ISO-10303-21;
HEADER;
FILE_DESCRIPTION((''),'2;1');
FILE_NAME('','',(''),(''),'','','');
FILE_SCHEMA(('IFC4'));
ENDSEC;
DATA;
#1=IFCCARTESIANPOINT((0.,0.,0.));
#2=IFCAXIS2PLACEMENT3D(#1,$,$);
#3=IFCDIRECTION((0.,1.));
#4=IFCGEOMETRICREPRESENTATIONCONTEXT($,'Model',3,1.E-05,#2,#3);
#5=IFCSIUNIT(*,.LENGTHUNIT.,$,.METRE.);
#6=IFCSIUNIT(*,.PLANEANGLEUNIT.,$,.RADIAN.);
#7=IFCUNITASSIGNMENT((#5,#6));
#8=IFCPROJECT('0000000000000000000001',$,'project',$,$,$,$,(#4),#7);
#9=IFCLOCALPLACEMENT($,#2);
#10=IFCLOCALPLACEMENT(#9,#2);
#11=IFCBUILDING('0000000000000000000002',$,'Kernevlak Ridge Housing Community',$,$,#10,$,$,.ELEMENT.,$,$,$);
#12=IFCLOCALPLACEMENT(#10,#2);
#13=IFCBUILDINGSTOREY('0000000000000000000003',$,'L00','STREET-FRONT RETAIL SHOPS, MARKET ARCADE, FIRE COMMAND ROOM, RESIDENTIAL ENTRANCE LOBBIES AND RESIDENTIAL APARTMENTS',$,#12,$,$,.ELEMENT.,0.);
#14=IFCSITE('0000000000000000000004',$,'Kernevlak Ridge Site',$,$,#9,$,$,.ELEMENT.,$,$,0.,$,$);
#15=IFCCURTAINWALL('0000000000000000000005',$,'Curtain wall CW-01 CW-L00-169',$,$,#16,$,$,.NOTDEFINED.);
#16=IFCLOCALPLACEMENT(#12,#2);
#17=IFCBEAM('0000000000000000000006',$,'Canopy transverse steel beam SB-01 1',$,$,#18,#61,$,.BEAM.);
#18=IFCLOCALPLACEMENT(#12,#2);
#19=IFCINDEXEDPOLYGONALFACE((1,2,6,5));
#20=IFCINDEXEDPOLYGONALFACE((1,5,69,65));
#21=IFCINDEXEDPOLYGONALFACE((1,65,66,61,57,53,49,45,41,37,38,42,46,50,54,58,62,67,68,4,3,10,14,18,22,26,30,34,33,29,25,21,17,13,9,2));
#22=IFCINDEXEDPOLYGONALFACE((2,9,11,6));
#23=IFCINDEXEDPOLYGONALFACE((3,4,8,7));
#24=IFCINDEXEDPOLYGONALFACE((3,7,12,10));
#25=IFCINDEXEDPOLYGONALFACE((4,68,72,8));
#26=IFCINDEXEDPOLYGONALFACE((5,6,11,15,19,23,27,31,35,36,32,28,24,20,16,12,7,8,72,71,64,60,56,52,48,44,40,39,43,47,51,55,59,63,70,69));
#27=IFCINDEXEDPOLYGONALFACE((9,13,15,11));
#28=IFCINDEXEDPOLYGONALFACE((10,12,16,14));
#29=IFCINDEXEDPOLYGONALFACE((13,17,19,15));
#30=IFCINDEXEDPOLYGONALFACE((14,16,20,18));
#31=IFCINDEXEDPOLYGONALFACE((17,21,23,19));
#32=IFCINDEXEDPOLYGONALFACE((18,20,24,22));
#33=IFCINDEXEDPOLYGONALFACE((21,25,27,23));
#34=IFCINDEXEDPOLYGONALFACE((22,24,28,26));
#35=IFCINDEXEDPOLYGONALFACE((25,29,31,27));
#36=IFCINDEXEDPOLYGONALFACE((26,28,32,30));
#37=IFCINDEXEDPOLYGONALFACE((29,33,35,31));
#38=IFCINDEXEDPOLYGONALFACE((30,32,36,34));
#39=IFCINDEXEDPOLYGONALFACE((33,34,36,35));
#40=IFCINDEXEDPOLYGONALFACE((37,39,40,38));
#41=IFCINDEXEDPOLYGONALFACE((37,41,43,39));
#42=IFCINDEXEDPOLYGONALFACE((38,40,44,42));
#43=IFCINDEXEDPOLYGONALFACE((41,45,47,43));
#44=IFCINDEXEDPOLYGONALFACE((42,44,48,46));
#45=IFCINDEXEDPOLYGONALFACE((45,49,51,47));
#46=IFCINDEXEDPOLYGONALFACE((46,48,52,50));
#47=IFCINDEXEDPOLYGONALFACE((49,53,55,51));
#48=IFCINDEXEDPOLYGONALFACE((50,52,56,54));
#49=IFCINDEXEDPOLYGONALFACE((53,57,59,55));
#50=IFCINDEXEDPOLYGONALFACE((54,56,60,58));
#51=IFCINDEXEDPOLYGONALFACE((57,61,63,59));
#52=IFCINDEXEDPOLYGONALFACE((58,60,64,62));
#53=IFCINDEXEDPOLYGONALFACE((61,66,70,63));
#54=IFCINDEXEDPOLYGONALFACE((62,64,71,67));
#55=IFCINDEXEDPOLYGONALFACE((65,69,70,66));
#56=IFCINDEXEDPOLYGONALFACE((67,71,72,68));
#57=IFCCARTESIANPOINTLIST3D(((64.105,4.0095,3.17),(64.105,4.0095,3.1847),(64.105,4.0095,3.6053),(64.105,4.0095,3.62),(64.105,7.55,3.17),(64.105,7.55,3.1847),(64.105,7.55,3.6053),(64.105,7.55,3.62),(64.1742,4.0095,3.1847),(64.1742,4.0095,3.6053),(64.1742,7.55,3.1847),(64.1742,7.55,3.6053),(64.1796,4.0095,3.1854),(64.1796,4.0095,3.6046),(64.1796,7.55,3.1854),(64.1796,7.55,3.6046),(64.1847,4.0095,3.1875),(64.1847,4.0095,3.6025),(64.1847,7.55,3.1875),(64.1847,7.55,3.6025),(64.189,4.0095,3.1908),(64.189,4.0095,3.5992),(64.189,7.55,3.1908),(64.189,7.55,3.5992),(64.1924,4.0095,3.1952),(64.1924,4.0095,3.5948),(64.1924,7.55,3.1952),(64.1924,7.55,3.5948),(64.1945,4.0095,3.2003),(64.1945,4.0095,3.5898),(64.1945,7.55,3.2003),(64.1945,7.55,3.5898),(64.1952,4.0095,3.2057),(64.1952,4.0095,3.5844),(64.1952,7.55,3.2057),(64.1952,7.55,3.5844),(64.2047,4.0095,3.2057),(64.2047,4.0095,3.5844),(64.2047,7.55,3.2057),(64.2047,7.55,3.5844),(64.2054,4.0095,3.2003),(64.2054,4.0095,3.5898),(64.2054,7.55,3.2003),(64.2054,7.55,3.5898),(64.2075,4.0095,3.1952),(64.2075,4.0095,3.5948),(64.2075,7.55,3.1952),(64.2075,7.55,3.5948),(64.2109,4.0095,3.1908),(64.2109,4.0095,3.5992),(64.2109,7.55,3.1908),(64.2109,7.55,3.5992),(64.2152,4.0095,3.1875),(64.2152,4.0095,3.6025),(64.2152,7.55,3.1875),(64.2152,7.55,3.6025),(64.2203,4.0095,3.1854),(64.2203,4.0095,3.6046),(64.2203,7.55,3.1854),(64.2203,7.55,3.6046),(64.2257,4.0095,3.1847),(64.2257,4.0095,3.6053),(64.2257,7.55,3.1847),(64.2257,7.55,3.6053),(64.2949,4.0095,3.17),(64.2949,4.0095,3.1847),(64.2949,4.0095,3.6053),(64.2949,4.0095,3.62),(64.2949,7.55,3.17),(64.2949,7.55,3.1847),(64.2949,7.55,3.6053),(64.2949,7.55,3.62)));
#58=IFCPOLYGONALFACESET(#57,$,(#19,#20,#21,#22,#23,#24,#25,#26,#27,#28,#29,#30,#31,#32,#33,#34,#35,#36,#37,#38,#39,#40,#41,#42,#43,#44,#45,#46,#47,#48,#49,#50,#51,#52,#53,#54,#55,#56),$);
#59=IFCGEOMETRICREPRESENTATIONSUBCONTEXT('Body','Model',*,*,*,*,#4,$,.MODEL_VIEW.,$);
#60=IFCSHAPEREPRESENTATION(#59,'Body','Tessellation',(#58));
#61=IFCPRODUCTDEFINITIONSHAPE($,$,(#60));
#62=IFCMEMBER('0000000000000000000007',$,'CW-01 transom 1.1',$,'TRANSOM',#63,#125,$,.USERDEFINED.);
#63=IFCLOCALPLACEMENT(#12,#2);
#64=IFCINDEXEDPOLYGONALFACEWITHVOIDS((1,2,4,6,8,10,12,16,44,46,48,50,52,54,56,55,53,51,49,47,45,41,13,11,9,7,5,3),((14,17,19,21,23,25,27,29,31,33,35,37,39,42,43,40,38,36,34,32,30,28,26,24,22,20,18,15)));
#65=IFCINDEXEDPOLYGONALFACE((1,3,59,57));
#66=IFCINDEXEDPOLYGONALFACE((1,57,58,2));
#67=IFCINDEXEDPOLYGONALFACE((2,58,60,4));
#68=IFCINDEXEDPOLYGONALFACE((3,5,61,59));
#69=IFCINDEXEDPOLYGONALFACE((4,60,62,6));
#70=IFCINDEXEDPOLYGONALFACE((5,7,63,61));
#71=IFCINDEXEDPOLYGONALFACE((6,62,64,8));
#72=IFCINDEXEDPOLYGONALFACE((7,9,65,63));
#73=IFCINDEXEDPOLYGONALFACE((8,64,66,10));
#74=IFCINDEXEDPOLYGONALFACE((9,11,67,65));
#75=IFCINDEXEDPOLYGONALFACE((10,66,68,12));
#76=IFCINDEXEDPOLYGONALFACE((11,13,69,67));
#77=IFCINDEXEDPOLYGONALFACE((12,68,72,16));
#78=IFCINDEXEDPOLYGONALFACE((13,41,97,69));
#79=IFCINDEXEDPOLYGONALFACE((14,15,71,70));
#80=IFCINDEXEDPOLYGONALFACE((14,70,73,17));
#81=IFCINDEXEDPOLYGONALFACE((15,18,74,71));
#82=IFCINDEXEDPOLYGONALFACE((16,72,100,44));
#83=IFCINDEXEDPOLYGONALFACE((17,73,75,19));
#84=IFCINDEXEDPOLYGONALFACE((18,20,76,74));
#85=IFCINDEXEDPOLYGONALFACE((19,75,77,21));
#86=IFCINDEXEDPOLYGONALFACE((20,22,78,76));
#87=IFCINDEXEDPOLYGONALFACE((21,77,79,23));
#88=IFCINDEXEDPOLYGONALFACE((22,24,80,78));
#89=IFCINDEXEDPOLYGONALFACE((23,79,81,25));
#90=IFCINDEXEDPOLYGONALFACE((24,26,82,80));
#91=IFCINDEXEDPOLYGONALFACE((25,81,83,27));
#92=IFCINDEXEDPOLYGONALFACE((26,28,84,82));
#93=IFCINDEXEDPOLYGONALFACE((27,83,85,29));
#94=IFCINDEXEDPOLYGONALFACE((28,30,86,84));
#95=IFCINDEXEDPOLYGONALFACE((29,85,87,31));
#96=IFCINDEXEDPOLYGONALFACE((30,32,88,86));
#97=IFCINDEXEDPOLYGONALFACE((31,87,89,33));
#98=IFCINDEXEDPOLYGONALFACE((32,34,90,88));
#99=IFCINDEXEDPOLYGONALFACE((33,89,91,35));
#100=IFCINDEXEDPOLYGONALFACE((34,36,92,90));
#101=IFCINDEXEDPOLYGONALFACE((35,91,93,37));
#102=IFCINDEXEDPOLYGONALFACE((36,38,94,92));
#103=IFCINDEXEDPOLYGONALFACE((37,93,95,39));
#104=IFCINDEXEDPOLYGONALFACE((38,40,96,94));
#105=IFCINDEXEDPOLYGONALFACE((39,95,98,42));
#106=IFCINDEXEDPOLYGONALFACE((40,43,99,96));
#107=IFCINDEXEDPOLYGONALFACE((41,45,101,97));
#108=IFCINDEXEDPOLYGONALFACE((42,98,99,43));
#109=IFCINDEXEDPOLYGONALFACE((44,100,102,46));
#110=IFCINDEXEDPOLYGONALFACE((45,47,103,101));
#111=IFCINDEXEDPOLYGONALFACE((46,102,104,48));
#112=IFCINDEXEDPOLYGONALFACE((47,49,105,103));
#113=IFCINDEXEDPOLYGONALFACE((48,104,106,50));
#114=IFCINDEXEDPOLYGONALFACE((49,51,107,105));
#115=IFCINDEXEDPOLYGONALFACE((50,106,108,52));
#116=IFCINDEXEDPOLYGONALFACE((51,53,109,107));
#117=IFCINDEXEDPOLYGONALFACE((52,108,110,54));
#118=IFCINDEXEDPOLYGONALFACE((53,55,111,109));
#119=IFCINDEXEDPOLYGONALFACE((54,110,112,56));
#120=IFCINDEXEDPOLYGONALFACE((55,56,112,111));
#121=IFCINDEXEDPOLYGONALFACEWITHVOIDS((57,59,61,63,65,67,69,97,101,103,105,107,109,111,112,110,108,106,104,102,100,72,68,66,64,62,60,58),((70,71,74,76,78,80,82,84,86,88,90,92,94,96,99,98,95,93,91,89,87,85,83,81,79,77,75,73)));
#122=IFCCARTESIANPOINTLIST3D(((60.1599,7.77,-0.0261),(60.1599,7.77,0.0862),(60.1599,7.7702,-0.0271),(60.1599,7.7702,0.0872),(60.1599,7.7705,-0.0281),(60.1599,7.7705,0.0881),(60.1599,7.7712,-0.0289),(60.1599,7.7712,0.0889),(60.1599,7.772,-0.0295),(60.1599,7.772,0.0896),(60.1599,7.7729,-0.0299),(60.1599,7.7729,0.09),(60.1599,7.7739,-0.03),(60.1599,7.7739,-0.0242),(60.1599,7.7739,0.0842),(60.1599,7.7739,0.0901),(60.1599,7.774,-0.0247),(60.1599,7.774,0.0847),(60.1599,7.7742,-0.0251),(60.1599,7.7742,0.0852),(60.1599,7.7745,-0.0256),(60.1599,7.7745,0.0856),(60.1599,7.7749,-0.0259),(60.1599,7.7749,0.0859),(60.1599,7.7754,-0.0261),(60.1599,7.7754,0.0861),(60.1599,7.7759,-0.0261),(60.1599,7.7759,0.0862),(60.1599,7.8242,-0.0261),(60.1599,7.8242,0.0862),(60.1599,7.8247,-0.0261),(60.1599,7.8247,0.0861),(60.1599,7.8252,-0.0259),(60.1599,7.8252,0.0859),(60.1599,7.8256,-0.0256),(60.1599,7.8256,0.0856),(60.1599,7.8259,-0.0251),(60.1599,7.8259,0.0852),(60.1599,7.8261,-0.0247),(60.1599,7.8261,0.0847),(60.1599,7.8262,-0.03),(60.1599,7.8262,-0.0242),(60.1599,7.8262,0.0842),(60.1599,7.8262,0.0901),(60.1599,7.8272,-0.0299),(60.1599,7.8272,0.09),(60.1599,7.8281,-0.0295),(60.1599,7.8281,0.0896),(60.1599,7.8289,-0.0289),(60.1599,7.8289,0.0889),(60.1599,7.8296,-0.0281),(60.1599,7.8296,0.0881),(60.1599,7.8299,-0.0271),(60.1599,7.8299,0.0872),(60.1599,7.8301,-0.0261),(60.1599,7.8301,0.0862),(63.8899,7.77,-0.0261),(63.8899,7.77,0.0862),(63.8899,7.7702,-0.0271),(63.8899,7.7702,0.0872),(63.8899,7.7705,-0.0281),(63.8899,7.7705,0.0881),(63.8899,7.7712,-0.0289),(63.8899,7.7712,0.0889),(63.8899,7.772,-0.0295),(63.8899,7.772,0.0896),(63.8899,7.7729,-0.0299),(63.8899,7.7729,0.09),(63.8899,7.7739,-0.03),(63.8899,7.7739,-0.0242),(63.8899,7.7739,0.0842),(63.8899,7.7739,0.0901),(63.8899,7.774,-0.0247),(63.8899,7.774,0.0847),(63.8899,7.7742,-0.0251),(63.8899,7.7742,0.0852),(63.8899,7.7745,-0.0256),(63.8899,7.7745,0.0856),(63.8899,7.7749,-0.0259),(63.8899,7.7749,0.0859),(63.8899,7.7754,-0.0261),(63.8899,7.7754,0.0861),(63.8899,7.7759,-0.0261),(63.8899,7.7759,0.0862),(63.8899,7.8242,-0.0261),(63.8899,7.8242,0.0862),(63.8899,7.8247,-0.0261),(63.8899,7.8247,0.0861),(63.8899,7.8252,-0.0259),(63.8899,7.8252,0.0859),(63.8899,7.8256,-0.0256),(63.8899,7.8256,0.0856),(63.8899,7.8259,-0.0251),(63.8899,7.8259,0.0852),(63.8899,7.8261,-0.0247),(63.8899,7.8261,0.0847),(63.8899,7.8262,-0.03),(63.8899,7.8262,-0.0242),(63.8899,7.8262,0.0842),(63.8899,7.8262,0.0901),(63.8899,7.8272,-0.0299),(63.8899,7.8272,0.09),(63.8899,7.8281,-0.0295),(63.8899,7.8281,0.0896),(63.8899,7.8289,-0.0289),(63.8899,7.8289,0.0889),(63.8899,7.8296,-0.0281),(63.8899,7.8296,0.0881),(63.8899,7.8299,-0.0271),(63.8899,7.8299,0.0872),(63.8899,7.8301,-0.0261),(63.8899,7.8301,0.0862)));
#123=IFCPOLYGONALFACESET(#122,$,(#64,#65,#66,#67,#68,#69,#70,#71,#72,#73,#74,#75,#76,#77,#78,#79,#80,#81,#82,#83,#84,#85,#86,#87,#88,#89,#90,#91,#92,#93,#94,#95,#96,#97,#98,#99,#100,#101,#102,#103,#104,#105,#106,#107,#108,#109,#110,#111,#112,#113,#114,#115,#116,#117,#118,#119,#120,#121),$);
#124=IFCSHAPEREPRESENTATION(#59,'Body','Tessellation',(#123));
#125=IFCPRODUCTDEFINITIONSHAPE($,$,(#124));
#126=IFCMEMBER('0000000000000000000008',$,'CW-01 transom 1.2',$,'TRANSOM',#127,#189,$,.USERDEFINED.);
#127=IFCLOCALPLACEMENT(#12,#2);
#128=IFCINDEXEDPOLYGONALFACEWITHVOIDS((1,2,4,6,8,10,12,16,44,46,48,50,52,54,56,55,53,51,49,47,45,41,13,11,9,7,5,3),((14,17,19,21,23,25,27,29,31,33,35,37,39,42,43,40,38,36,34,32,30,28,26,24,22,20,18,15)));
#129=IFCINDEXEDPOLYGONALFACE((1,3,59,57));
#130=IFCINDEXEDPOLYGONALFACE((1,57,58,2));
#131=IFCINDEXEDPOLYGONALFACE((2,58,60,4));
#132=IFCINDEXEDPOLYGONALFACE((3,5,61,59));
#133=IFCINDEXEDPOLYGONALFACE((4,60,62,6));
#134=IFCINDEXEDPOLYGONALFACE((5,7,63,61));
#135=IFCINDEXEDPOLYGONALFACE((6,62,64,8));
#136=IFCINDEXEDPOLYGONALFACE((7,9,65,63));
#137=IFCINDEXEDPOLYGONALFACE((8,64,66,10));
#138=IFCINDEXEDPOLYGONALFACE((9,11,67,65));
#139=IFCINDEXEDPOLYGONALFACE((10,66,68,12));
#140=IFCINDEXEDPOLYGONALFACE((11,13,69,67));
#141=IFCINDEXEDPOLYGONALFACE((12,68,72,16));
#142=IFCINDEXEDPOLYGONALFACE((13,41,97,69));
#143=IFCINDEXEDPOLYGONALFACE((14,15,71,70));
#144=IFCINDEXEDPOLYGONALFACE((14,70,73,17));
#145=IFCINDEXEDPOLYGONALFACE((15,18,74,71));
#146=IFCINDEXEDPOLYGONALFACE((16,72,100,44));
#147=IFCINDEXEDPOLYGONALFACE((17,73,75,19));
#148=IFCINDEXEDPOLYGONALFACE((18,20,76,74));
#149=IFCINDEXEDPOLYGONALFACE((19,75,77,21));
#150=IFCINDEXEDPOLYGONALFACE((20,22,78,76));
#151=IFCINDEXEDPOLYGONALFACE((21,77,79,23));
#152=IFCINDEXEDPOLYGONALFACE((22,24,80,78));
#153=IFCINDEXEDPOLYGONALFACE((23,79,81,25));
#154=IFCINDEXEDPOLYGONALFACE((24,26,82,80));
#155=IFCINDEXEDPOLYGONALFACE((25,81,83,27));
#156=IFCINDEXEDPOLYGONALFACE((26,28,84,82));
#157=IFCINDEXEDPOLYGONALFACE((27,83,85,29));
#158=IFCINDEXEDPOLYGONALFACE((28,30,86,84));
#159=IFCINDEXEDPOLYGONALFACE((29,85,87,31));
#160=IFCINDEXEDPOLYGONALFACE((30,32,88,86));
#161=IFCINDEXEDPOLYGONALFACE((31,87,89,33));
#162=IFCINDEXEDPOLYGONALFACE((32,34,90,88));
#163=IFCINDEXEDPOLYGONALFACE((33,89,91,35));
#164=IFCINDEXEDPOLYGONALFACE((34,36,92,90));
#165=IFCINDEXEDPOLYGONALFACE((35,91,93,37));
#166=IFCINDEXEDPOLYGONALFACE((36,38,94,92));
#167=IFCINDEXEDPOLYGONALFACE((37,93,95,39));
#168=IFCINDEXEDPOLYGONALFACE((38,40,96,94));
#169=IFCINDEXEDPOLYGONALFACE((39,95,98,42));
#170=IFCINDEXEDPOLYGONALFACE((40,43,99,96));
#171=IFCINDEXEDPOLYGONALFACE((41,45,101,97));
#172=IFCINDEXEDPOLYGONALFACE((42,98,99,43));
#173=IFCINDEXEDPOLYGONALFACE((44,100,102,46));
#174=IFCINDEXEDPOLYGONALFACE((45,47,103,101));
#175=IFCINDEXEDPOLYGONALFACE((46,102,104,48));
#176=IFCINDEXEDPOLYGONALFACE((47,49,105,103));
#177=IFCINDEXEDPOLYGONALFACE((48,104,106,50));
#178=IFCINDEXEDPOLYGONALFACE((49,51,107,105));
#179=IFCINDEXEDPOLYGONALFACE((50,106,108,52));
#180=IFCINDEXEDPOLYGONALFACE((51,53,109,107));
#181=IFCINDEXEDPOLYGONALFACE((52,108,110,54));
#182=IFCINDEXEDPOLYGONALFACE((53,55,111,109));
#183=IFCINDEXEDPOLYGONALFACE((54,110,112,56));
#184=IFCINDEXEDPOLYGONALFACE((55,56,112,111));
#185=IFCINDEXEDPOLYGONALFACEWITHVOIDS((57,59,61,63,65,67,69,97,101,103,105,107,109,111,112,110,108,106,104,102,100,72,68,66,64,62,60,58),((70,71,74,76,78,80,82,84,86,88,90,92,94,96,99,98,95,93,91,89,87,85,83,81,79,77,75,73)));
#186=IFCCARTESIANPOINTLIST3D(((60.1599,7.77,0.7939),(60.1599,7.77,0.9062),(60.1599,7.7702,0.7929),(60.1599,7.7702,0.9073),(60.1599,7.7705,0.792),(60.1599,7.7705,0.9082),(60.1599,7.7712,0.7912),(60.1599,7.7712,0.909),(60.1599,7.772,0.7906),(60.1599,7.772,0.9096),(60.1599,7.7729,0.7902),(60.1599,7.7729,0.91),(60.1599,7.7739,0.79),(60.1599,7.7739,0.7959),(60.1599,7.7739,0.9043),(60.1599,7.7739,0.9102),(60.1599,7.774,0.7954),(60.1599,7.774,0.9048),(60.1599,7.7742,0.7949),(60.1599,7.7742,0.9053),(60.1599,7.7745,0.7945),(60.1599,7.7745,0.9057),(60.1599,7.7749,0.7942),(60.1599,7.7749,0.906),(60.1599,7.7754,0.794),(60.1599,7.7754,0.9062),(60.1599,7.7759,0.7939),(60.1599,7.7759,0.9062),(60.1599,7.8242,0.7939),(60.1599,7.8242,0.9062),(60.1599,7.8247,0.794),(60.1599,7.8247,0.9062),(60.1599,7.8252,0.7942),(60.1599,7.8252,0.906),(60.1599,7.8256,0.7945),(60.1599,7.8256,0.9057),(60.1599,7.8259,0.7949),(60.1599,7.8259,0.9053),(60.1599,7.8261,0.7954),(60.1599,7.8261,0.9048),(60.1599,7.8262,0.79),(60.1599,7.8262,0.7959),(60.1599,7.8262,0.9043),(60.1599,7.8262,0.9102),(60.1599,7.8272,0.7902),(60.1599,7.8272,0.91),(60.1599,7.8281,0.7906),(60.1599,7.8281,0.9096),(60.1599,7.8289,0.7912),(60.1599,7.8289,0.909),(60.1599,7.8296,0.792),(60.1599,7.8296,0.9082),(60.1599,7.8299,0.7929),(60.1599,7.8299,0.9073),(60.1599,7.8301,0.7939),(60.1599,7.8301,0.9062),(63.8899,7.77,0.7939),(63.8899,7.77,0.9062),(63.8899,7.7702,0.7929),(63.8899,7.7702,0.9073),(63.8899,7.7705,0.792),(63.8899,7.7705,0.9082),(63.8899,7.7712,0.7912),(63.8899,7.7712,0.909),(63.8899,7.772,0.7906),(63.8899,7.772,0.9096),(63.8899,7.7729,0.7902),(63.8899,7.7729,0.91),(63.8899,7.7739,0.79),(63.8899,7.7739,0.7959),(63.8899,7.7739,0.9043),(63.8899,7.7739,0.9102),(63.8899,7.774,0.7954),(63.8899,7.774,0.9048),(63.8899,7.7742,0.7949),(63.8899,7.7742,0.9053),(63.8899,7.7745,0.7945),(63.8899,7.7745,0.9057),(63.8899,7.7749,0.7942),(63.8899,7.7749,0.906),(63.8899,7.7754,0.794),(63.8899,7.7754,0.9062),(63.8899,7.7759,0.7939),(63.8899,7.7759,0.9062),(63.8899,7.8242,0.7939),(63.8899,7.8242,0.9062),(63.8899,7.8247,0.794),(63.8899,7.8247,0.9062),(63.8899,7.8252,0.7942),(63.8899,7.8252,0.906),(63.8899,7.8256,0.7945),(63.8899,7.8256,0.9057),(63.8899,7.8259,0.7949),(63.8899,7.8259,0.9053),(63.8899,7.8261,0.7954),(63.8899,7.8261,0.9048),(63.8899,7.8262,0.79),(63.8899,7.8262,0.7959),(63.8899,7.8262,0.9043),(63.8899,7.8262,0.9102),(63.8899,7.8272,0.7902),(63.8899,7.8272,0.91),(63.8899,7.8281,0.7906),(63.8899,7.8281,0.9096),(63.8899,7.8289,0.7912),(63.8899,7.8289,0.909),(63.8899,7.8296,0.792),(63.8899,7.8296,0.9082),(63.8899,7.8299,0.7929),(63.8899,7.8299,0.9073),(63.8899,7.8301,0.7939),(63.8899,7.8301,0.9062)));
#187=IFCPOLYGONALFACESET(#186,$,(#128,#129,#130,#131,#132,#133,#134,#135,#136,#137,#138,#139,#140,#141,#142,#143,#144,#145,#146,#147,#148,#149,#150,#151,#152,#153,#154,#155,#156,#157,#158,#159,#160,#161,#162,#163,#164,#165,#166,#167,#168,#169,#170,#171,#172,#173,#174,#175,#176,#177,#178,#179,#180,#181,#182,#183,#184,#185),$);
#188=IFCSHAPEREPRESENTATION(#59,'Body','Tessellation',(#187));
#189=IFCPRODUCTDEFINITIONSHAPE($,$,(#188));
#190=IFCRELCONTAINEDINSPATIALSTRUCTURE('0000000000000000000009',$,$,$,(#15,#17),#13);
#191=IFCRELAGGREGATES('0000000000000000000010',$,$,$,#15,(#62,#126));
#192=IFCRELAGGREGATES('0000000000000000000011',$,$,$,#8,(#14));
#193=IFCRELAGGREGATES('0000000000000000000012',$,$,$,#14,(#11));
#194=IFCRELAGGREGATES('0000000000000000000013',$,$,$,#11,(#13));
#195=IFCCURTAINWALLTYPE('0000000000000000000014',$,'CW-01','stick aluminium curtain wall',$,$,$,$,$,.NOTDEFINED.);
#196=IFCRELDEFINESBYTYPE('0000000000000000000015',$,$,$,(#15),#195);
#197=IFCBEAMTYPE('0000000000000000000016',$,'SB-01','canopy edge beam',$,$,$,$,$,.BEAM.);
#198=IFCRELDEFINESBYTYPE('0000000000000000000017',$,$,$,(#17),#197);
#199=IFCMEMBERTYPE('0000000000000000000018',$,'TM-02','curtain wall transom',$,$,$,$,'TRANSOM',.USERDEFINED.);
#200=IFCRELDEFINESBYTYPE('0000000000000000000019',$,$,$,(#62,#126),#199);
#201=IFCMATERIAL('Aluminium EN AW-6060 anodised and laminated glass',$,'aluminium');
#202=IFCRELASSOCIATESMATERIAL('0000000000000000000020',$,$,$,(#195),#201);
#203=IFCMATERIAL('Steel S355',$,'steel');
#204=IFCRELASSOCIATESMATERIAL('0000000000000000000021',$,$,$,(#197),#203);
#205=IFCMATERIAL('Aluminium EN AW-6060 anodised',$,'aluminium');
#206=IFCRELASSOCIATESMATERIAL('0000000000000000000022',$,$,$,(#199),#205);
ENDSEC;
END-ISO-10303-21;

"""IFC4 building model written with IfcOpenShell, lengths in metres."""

from ifc_helpers import new_model, si_unit, direction, frame, origin, origin_2d, place, context, subcontext, project, spatial, hollow_rectangle, i_section, extrude, material, material_profile, profile_set, type_object, element, aggregate, save


model = new_model("IFC4")

# Units and contexts
model_context = context("Model", 3, precision=1e-05, world=origin(), true_north=direction((0.0, 1.0)))
body_context = subcontext(model_context, "Body", "Model", "MODEL_VIEW")
ifc_project = project(units=[si_unit("LENGTHUNIT", "METRE"), si_unit("PLANEANGLEUNIT", "RADIAN")], contexts=[model_context])

# Site, building, storey
site_placement = place(None, origin())
site = spatial("IfcSite", under=ifc_project, at=site_placement, Name="Kernevlak Ridge Site", CompositionType="ELEMENT", RefElevation=0.0)
building_placement = place(site_placement, origin())
building = spatial("IfcBuilding", under=site, at=building_placement, Name="Kernevlak Ridge Housing Community", CompositionType="ELEMENT")
storey_placement = place(building_placement, origin())
storey = spatial("IfcBuildingStorey", under=building, at=storey_placement, Name="L00", Description="STREET-FRONT RETAIL SHOPS, MARKET ARCADE, FIRE COMMAND ROOM, RESIDENTIAL ENTRANCE LOBBIES AND RESIDENTIAL APARTMENTS", CompositionType="ELEMENT", Elevation=0.0)

# Shared definitions
ifc_material_1 = material(Name="Steel S355", Category="steel")

# Curtain wall
ifc_material_2 = material(Name="Aluminium EN AW-6060 anodised and laminated glass", Category="aluminium")
curtain_wall_type = type_object("IfcCurtainWallType", Name="CW-01", Description="stick aluminium curtain wall", PredefinedType="NOTDEFINED", material=ifc_material_2)
curtain_wall_placement = place(storey_placement, origin())
curtain_wall = element("IfcCurtainWall", 1, at=curtain_wall_placement, inside=storey, type_object=curtain_wall_type, Name="Curtain wall CW-01 CW-L00-169", PredefinedType="NOTDEFINED")
ifc_material_3 = material(Name="Aluminium EN AW-6060 anodised", Category="aluminium")

# Beam
ifc_material_profile_1 = material_profile(ifc_material_1, i_section(OverallWidth=0.1899, OverallDepth=0.45, WebThickness=0.0095, FlangeThickness=0.0146, FilletRadius=0.021, at=origin_2d()), Name="IPE 450")
ifc_profile_set_1 = profile_set([ifc_material_profile_1], Name="Steel S355")
beam_type_1 = type_object("IfcBeamType", Name="SB-01", Description="canopy edge beam", PredefinedType="BEAM", material=ifc_profile_set_1)
beam_1_placement = place(storey_placement, frame((64.2, 4.0095, 3.395), z_axis=(0.0, 1.0, 0.0), x_axis=(-1.0, 0.0, 0.0)))
element("IfcBeam", 2, at=beam_1_placement, inside=storey, type_object=beam_type_1, Name="Canopy transverse steel beam SB-01 1", PredefinedType="BEAM", context=body_context, shape_type="SweptSolid", body=[
    extrude(i_section(OverallWidth=0.1899, OverallDepth=0.45, WebThickness=0.0095, FlangeThickness=0.0146, FilletRadius=0.021, at=origin_2d()), origin(), (0.0, 0.0, 1.0), 3.5405),
])

# Members
ifc_material_profile_2 = material_profile(ifc_material_3, hollow_rectangle(XDim=0.0601, YDim=0.1201, WallThickness=0.0039, InnerFilletRadius=0.002, OuterFilletRadius=0.0039, at=origin_2d()), Name="ALU 60x120x4")
ifc_profile_set_2 = profile_set([ifc_material_profile_2], Name="Aluminium EN AW-6060 anodised")
member_type_1 = type_object("IfcMemberType", Name="TM-02", Description="curtain wall transom", ElementType="TRANSOM", PredefinedType="USERDEFINED", material=ifc_profile_set_2)
member_1_placement = place(storey_placement, frame((60.1599, 7.8, 0.03), z_axis=(1.0, 0.0, 0.0), x_axis=(0.0, 1.0, 0.0)))
member_1 = element("IfcMember", 3, at=member_1_placement, type_object=member_type_1, Name="CW-01 transom 1.1", ObjectType="TRANSOM", PredefinedType="USERDEFINED", context=body_context, shape_type="SweptSolid", body=[
    extrude(hollow_rectangle(XDim=0.0601, YDim=0.1201, WallThickness=0.0039, InnerFilletRadius=0.002, OuterFilletRadius=0.0039, at=origin_2d()), origin(), (0.0, 0.0, 1.0), 3.73),
])
member_2_placement = place(storey_placement, frame((60.1599, 7.8, 0.8501), z_axis=(1.0, 0.0, 0.0), x_axis=(0.0, 1.0, 0.0)))
member_2 = element("IfcMember", 4, at=member_2_placement, type_object=member_type_1, Name="CW-01 transom 1.2", ObjectType="TRANSOM", PredefinedType="USERDEFINED", context=body_context, shape_type="SweptSolid", body=[
    extrude(hollow_rectangle(XDim=0.0601, YDim=0.1201, WallThickness=0.0039, InnerFilletRadius=0.002, OuterFilletRadius=0.0039, at=origin_2d()), origin(), (0.0, 0.0, 1.0), 3.73),
])

aggregate(curtain_wall, [member_1, member_2])

save(model, "model.ifc")
